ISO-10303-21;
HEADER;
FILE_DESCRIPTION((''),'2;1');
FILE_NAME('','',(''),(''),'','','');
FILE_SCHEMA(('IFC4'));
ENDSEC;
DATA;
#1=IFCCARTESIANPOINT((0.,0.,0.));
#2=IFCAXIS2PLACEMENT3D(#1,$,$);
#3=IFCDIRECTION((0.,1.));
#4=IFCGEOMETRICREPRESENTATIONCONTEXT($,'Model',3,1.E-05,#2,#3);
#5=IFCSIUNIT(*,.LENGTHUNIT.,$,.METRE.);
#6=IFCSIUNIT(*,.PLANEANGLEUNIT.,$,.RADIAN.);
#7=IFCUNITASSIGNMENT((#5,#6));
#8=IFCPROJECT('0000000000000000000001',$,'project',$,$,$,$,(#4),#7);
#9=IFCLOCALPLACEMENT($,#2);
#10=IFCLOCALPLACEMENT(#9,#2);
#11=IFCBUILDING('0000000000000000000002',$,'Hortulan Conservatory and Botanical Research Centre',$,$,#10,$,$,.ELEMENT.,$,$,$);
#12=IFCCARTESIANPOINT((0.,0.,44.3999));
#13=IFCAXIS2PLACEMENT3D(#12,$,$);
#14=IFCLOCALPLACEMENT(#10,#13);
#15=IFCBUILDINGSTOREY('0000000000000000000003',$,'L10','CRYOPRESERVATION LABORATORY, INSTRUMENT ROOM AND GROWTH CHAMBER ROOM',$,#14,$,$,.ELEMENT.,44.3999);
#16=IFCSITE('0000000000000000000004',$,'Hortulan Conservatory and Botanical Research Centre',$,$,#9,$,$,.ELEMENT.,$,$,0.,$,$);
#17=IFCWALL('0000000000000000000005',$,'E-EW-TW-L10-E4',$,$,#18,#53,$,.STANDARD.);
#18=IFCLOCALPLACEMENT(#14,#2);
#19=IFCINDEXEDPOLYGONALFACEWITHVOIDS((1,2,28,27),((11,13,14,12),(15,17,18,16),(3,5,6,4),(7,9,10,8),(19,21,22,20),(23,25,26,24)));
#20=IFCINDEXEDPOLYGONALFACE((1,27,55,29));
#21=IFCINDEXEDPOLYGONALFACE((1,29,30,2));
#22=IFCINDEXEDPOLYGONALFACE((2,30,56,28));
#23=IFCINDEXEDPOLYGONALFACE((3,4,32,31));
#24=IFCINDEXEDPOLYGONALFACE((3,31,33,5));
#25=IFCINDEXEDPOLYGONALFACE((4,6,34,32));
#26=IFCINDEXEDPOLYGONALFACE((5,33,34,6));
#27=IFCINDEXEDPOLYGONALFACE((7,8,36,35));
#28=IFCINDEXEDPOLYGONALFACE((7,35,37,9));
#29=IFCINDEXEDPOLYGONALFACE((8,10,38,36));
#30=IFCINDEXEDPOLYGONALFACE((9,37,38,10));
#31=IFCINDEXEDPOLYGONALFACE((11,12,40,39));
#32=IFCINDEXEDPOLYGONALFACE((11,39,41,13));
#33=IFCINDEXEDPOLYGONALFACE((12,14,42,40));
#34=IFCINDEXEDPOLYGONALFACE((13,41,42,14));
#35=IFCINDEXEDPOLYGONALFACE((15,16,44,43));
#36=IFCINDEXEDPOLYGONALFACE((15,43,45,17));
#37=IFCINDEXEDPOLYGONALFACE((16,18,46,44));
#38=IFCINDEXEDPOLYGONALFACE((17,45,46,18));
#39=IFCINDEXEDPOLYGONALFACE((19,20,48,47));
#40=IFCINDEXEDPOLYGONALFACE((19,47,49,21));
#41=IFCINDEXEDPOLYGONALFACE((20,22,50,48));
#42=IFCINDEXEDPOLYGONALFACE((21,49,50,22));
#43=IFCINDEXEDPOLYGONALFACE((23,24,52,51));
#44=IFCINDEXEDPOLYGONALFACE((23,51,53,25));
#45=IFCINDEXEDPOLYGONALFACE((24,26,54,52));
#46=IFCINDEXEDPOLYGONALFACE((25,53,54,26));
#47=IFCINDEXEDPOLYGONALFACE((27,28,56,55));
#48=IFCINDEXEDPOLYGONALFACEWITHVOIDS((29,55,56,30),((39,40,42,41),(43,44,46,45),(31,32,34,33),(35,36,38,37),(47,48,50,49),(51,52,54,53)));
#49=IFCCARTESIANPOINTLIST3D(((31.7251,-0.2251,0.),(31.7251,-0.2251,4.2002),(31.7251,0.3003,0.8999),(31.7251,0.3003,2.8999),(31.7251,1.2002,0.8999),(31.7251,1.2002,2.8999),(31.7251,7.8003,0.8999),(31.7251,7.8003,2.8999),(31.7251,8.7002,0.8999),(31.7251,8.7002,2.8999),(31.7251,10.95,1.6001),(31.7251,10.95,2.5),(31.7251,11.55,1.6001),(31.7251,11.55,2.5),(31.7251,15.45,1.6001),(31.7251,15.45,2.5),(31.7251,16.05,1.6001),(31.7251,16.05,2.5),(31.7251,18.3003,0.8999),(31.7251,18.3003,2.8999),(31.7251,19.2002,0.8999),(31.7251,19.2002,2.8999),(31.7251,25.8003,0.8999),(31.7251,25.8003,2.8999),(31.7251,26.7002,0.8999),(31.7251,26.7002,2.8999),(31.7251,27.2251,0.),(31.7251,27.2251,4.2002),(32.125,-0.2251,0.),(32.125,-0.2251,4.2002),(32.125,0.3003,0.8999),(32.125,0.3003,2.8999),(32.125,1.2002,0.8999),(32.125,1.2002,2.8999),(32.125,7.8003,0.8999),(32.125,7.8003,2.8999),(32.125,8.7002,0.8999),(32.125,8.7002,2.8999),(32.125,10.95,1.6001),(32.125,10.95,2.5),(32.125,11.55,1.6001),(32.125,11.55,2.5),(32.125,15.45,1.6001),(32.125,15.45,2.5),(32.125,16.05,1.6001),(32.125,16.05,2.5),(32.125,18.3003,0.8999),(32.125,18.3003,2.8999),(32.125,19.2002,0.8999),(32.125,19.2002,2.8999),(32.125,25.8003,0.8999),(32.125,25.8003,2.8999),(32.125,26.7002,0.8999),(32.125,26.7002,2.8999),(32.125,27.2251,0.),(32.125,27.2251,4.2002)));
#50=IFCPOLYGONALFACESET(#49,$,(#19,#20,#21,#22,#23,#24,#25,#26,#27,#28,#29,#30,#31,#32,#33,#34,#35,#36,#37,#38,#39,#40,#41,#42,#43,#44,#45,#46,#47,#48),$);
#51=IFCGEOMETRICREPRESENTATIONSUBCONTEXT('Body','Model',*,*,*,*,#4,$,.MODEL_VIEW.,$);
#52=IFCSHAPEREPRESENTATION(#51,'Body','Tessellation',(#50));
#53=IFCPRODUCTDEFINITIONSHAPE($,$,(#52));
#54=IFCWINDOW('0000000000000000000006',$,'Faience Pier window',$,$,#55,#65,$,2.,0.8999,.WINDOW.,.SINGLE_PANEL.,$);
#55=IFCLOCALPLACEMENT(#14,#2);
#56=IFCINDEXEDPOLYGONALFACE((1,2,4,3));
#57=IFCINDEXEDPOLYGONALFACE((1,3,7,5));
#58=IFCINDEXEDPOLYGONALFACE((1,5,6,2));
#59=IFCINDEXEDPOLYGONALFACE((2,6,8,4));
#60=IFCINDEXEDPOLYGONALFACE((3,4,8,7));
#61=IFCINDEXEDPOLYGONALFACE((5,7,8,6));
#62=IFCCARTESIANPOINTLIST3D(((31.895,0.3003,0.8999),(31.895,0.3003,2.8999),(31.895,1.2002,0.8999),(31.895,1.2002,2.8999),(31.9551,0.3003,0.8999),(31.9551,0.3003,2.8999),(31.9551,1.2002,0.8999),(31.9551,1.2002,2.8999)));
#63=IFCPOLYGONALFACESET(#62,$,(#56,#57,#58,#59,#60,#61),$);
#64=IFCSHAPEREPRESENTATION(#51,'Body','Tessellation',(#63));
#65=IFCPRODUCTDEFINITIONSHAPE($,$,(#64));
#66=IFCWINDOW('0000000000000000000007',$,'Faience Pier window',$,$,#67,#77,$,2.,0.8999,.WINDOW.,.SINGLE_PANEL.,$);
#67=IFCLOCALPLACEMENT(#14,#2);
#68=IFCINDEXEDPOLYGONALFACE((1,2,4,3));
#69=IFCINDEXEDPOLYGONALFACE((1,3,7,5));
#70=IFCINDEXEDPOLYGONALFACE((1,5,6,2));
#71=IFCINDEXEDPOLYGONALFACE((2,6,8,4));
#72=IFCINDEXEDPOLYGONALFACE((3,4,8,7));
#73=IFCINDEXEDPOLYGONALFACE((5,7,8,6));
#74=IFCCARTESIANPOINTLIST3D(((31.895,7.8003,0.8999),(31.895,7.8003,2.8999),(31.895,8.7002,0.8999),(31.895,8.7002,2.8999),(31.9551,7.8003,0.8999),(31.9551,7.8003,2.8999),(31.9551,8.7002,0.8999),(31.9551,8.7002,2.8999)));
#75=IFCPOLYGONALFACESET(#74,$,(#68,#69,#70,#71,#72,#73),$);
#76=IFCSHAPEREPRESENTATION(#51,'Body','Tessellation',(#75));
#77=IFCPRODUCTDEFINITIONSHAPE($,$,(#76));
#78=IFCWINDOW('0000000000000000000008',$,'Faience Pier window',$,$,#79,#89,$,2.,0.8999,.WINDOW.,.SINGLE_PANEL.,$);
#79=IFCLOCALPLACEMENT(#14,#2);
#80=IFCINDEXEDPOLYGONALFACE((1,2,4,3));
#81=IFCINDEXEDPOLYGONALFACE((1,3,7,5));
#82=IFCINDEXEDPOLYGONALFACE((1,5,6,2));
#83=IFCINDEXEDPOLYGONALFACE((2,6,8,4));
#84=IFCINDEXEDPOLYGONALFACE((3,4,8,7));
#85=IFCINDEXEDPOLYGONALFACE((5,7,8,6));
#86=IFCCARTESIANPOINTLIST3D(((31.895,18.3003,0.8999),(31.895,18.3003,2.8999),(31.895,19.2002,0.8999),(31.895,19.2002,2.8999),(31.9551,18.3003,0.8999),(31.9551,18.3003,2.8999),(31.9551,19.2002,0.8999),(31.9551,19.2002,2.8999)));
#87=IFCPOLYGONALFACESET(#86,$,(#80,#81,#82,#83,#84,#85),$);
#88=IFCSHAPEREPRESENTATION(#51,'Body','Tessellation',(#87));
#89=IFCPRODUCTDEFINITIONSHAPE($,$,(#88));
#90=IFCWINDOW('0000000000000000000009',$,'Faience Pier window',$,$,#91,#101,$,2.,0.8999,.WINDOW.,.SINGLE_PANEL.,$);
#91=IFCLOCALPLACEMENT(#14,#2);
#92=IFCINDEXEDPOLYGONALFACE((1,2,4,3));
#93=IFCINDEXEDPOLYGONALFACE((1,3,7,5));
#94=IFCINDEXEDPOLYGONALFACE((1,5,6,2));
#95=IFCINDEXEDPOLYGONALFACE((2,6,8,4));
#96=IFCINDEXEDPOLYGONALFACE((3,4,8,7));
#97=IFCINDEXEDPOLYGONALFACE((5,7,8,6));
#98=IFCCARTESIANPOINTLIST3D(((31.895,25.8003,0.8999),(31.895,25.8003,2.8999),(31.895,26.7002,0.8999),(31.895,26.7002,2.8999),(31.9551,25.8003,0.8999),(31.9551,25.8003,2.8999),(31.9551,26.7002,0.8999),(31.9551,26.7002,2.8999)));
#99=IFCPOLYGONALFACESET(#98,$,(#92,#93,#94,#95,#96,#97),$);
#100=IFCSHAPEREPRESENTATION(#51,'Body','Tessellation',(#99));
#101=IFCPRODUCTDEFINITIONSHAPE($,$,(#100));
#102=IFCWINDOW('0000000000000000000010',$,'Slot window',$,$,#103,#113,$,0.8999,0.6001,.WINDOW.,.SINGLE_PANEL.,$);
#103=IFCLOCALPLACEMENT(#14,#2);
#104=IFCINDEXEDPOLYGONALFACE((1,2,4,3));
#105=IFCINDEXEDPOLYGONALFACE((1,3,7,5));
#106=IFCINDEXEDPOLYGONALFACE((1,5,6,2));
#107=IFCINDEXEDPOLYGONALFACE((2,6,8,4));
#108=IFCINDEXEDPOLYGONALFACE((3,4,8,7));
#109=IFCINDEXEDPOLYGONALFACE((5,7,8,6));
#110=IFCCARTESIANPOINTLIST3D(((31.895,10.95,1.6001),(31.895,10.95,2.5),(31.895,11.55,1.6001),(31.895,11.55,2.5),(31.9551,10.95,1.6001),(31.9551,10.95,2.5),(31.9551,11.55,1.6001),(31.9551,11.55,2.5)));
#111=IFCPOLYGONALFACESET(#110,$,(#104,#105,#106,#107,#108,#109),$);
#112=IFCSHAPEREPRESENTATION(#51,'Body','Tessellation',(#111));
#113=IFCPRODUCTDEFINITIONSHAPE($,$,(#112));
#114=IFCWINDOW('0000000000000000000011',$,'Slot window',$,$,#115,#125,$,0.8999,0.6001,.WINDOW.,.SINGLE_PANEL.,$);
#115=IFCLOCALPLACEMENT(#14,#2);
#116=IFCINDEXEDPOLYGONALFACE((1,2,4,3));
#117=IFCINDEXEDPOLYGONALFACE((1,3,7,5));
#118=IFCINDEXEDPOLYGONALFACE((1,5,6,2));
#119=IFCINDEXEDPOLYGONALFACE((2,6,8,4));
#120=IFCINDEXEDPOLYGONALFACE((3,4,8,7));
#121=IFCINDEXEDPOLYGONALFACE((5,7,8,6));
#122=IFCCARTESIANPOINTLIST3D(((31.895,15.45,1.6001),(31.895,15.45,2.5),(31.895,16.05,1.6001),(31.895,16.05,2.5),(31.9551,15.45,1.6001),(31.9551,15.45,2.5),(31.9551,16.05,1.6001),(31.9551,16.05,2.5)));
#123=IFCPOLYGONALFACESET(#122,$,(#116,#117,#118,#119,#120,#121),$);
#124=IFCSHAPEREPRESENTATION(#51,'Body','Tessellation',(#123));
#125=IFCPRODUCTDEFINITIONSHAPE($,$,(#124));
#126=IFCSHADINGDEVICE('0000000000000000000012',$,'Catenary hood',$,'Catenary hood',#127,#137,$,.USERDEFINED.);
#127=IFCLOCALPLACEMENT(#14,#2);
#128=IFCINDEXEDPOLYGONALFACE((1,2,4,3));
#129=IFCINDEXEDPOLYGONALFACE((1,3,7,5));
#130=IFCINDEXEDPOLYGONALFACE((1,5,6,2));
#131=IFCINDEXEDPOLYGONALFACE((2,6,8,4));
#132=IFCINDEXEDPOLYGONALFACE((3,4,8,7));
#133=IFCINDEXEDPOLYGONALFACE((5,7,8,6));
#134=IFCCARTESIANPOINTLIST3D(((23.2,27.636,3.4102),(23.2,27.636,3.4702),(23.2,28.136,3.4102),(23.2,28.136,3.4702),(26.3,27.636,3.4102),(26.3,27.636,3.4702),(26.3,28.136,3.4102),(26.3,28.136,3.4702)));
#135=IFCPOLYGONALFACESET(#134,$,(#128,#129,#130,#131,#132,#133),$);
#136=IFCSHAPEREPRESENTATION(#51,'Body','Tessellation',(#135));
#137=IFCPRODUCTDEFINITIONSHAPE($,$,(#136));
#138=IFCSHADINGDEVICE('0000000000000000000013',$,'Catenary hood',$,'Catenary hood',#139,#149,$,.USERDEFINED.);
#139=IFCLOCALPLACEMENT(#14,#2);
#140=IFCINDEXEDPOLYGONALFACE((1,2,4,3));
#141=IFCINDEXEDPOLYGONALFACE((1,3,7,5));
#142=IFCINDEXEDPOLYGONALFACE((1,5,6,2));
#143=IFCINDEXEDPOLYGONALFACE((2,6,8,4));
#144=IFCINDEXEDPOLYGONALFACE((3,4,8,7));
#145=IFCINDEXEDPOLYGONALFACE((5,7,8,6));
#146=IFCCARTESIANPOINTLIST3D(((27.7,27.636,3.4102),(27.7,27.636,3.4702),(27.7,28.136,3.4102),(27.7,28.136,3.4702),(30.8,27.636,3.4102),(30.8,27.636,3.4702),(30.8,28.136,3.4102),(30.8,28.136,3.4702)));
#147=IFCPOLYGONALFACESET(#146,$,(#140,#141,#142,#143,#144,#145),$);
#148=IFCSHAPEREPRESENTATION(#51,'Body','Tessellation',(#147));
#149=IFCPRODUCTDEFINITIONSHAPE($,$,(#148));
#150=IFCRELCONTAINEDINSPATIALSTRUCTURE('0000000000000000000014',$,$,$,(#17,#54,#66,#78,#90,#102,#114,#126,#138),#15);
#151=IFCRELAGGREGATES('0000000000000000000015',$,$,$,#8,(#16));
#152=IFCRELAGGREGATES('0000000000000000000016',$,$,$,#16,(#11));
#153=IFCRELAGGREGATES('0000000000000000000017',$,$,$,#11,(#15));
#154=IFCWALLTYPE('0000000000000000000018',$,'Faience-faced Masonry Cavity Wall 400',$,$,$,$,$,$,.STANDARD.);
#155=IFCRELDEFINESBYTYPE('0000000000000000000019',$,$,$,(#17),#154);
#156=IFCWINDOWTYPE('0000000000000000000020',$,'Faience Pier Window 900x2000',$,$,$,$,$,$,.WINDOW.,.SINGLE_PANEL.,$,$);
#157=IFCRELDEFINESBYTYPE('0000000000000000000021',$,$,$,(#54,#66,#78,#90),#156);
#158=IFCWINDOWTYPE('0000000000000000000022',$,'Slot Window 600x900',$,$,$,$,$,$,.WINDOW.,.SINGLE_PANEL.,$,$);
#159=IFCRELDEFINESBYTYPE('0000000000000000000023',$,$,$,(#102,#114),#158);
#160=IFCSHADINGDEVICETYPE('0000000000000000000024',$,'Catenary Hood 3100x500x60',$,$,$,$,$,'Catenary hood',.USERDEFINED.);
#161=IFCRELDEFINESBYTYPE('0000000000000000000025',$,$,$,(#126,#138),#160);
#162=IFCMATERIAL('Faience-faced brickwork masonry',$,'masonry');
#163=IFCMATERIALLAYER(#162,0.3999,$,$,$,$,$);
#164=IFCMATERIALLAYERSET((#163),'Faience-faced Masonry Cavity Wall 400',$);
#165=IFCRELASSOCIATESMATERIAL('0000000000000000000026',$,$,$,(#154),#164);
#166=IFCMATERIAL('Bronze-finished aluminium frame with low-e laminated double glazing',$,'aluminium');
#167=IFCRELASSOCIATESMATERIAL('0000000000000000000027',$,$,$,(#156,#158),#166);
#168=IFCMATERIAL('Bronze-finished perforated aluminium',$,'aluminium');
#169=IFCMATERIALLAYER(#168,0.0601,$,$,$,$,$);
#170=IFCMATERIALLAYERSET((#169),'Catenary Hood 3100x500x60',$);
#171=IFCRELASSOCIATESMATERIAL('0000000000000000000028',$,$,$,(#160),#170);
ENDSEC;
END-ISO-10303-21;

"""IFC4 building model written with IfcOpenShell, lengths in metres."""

from ifc_helpers import new_model, si_unit, direction, frame, frame_2d, origin, origin_2d, place, context, subcontext, project, spatial, rectangle, extrude, material, layer, layer_set, type_object, element, fill, save


model = new_model("IFC4")

# Units and contexts
model_context = context("Model", 3, precision=1e-05, world=origin(), true_north=direction((0.0, 1.0)))
body_context = subcontext(model_context, "Body", "Model", "MODEL_VIEW")
ifc_project = project(units=[si_unit("LENGTHUNIT", "METRE"), si_unit("PLANEANGLEUNIT", "RADIAN")], contexts=[model_context])

# Site, building, storey
site_placement = place(None, origin())
site = spatial("IfcSite", under=ifc_project, at=site_placement, Name="Hortulan Conservatory and Botanical Research Centre", CompositionType="ELEMENT", RefElevation=0.0)
building_placement = place(site_placement, origin())
building = spatial("IfcBuilding", under=site, at=building_placement, Name="Hortulan Conservatory and Botanical Research Centre", CompositionType="ELEMENT")
storey_placement = place(building_placement, frame((0.0, 0.0, 44.3999)))
storey = spatial("IfcBuildingStorey", under=building, at=storey_placement, Name="L10", Description="CRYOPRESERVATION LABORATORY, INSTRUMENT ROOM AND GROWTH CHAMBER ROOM", CompositionType="ELEMENT", Elevation=44.3999)

# Wall, openings, windows
ifc_material_1 = material(Name="Faience-faced brickwork masonry", Category="masonry")
ifc_layer_1 = layer(ifc_material_1, 0.3999)
ifc_layer_set_1 = layer_set([ifc_layer_1], Name="Faience-faced Masonry Cavity Wall 400")
wall_type = type_object("IfcWallType", Name="Faience-faced Masonry Cavity Wall 400", PredefinedType="STANDARD", material=ifc_layer_set_1)
wall_placement = place(storey_placement, frame((31.925, 27.2251, 0.0), z_axis=(0.0, 0.0, 1.0), x_axis=(0.0, -1.0, 0.0)))
wall = element("IfcWall", 1, at=wall_placement, inside=storey, type_object=wall_type, Name="E-EW-TW-L10-E4", PredefinedType="STANDARD", context=body_context, shape_type="SweptSolid", body=[
    extrude(rectangle(XDim=27.4502, YDim=0.3999, at=frame_2d((13.7251, 0.0))), origin(), (0.0, 0.0, 1.0), 4.2002),
])
opening_1_placement = place(wall_placement, frame((26.0249, 0.0, 0.8999)))
opening_1 = element("IfcOpeningElement", 2, at=opening_1_placement, cuts=wall, PredefinedType="OPENING", context=body_context, shape_type="SweptSolid", body=[
    extrude(rectangle(XDim=0.8999, YDim=2.0, at=frame_2d((0.45, 1.0))), frame((0.0, 0.21, 0.0), z_axis=(0.0, -1.0, 0.0), x_axis=(1.0, 0.0, 0.0)), (0.0, 0.0, 1.0), 0.4199),
])
opening_2_placement = place(wall_placement, frame((18.5249, 0.0, 0.8999)))
opening_2 = element("IfcOpeningElement", 3, at=opening_2_placement, cuts=wall, PredefinedType="OPENING", context=body_context, shape_type="SweptSolid", body=[
    extrude(rectangle(XDim=0.8999, YDim=2.0, at=frame_2d((0.45, 1.0))), frame((0.0, 0.21, 0.0), z_axis=(0.0, -1.0, 0.0), x_axis=(1.0, 0.0, 0.0)), (0.0, 0.0, 1.0), 0.4199),
])
opening_3_placement = place(wall_placement, frame((15.675, 0.0, 1.6001)))
opening_3 = element("IfcOpeningElement", 4, at=opening_3_placement, cuts=wall, PredefinedType="OPENING", context=body_context, shape_type="SweptSolid", body=[
    extrude(rectangle(XDim=0.6001, YDim=0.8999, at=frame_2d((0.3, 0.45))), frame((0.0, 0.21, 0.0), z_axis=(0.0, -1.0, 0.0), x_axis=(1.0, 0.0, 0.0)), (0.0, 0.0, 1.0), 0.4199),
])
opening_4_placement = place(wall_placement, frame((11.175, 0.0, 1.6001)))
opening_4 = element("IfcOpeningElement", 5, at=opening_4_placement, cuts=wall, PredefinedType="OPENING", context=body_context, shape_type="SweptSolid", body=[
    extrude(rectangle(XDim=0.6001, YDim=0.8999, at=frame_2d((0.3, 0.45))), frame((0.0, 0.21, 0.0), z_axis=(0.0, -1.0, 0.0), x_axis=(1.0, 0.0, 0.0)), (0.0, 0.0, 1.0), 0.4199),
])
opening_5_placement = place(wall_placement, frame((8.0249, 0.0, 0.8999)))
opening_5 = element("IfcOpeningElement", 6, at=opening_5_placement, cuts=wall, PredefinedType="OPENING", context=body_context, shape_type="SweptSolid", body=[
    extrude(rectangle(XDim=0.8999, YDim=2.0, at=frame_2d((0.45, 1.0))), frame((0.0, 0.21, 0.0), z_axis=(0.0, -1.0, 0.0), x_axis=(1.0, 0.0, 0.0)), (0.0, 0.0, 1.0), 0.4199),
])
opening_6_placement = place(wall_placement, frame((0.5249, 0.0, 0.8999)))
opening_6 = element("IfcOpeningElement", 7, at=opening_6_placement, cuts=wall, PredefinedType="OPENING", context=body_context, shape_type="SweptSolid", body=[
    extrude(rectangle(XDim=0.8999, YDim=2.0, at=frame_2d((0.45, 1.0))), frame((0.0, 0.21, 0.0), z_axis=(0.0, -1.0, 0.0), x_axis=(1.0, 0.0, 0.0)), (0.0, 0.0, 1.0), 0.4199),
])
ifc_material_2 = material(Name="Bronze-finished aluminium frame with low-e laminated double glazing", Category="aluminium")
window_type_1 = type_object("IfcWindowType", Name="Faience Pier Window 900x2000", PartitioningType="SINGLE_PANEL", PredefinedType="WINDOW", material=ifc_material_2)
window_1_placement = place(opening_1_placement, origin())
window_1 = element("IfcWindow", 8, at=window_1_placement, inside=storey, type_object=window_type_1, Name="Faience Pier window", OverallHeight=2.0, OverallWidth=0.8999, PartitioningType="SINGLE_PANEL", PredefinedType="WINDOW", context=body_context, shape_type="SweptSolid", body=[
    extrude(rectangle(XDim=0.8999, YDim=2.0, at=frame_2d((0.45, 1.0))), frame((0.0, 0.03, 0.0), z_axis=(0.0, -1.0, 0.0), x_axis=(1.0, 0.0, 0.0)), (0.0, 0.0, 1.0), 0.0601),
])
fill(opening_1, window_1)
window_2_placement = place(opening_2_placement, origin())
window_2 = element("IfcWindow", 9, at=window_2_placement, inside=storey, type_object=window_type_1, Name="Faience Pier window", OverallHeight=2.0, OverallWidth=0.8999, PartitioningType="SINGLE_PANEL", PredefinedType="WINDOW", context=body_context, shape_type="SweptSolid", body=[
    extrude(rectangle(XDim=0.8999, YDim=2.0, at=frame_2d((0.45, 1.0))), frame((0.0, 0.03, 0.0), z_axis=(0.0, -1.0, 0.0), x_axis=(1.0, 0.0, 0.0)), (0.0, 0.0, 1.0), 0.0601),
])
fill(opening_2, window_2)
window_3_placement = place(opening_5_placement, origin())
window_3 = element("IfcWindow", 10, at=window_3_placement, inside=storey, type_object=window_type_1, Name="Faience Pier window", OverallHeight=2.0, OverallWidth=0.8999, PartitioningType="SINGLE_PANEL", PredefinedType="WINDOW", context=body_context, shape_type="SweptSolid", body=[
    extrude(rectangle(XDim=0.8999, YDim=2.0, at=frame_2d((0.45, 1.0))), frame((0.0, 0.03, 0.0), z_axis=(0.0, -1.0, 0.0), x_axis=(1.0, 0.0, 0.0)), (0.0, 0.0, 1.0), 0.0601),
])
fill(opening_5, window_3)
window_4_placement = place(opening_6_placement, origin())
window_4 = element("IfcWindow", 11, at=window_4_placement, inside=storey, type_object=window_type_1, Name="Faience Pier window", OverallHeight=2.0, OverallWidth=0.8999, PartitioningType="SINGLE_PANEL", PredefinedType="WINDOW", context=body_context, shape_type="SweptSolid", body=[
    extrude(rectangle(XDim=0.8999, YDim=2.0, at=frame_2d((0.45, 1.0))), frame((0.0, 0.03, 0.0), z_axis=(0.0, -1.0, 0.0), x_axis=(1.0, 0.0, 0.0)), (0.0, 0.0, 1.0), 0.0601),
])
fill(opening_6, window_4)
window_type_2 = type_object("IfcWindowType", Name="Slot Window 600x900", PartitioningType="SINGLE_PANEL", PredefinedType="WINDOW", material=ifc_material_2)
window_5_placement = place(opening_3_placement, origin())
window_5 = element("IfcWindow", 12, at=window_5_placement, inside=storey, type_object=window_type_2, Name="Slot window", OverallHeight=0.8999, OverallWidth=0.6001, PartitioningType="SINGLE_PANEL", PredefinedType="WINDOW", context=body_context, shape_type="SweptSolid", body=[
    extrude(rectangle(XDim=0.6001, YDim=0.8999, at=frame_2d((0.3, 0.45))), frame((0.0, 0.03, 0.0), z_axis=(0.0, -1.0, 0.0), x_axis=(1.0, 0.0, 0.0)), (0.0, 0.0, 1.0), 0.0601),
])
fill(opening_3, window_5)
window_6_placement = place(opening_4_placement, origin())
window_6 = element("IfcWindow", 13, at=window_6_placement, inside=storey, type_object=window_type_2, Name="Slot window", OverallHeight=0.8999, OverallWidth=0.6001, PartitioningType="SINGLE_PANEL", PredefinedType="WINDOW", context=body_context, shape_type="SweptSolid", body=[
    extrude(rectangle(XDim=0.6001, YDim=0.8999, at=frame_2d((0.3, 0.45))), frame((0.0, 0.03, 0.0), z_axis=(0.0, -1.0, 0.0), x_axis=(1.0, 0.0, 0.0)), (0.0, 0.0, 1.0), 0.0601),
])
fill(opening_4, window_6)

# Shading devices
ifc_material_3 = material(Name="Bronze-finished perforated aluminium", Category="aluminium")
ifc_layer_2 = layer(ifc_material_3, 0.0601)
ifc_layer_set_2 = layer_set([ifc_layer_2], Name="Catenary Hood 3100x500x60")
shading_device_type = type_object("IfcShadingDeviceType", Name="Catenary Hood 3100x500x60", ElementType="Catenary hood", PredefinedType="USERDEFINED", material=ifc_layer_set_2)
for number, where, z_axis, x_axis, name in (
    (14, (24.75, 27.886, 3.4102), (0.0, 0.0, 1.0), (1.0, 0.0, 0.0), "Catenary hood"),
    (15, (29.25, 27.886, 3.4102), (0.0, 0.0, 1.0), (1.0, 0.0, 0.0), "Catenary hood"),
):
    element("IfcShadingDevice", number, at=place(storey_placement, frame(where, z_axis=z_axis, x_axis=x_axis)), inside=storey, type_object=shading_device_type, Name=name, ObjectType="Catenary hood", PredefinedType="USERDEFINED", context=body_context, shape_type="SweptSolid", body=[
        extrude(rectangle(XDim=3.1001, YDim=0.5, at=origin_2d()), origin(), (0.0, 0.0, 1.0), 0.0601),
    ])

save(model, "model.ifc")
